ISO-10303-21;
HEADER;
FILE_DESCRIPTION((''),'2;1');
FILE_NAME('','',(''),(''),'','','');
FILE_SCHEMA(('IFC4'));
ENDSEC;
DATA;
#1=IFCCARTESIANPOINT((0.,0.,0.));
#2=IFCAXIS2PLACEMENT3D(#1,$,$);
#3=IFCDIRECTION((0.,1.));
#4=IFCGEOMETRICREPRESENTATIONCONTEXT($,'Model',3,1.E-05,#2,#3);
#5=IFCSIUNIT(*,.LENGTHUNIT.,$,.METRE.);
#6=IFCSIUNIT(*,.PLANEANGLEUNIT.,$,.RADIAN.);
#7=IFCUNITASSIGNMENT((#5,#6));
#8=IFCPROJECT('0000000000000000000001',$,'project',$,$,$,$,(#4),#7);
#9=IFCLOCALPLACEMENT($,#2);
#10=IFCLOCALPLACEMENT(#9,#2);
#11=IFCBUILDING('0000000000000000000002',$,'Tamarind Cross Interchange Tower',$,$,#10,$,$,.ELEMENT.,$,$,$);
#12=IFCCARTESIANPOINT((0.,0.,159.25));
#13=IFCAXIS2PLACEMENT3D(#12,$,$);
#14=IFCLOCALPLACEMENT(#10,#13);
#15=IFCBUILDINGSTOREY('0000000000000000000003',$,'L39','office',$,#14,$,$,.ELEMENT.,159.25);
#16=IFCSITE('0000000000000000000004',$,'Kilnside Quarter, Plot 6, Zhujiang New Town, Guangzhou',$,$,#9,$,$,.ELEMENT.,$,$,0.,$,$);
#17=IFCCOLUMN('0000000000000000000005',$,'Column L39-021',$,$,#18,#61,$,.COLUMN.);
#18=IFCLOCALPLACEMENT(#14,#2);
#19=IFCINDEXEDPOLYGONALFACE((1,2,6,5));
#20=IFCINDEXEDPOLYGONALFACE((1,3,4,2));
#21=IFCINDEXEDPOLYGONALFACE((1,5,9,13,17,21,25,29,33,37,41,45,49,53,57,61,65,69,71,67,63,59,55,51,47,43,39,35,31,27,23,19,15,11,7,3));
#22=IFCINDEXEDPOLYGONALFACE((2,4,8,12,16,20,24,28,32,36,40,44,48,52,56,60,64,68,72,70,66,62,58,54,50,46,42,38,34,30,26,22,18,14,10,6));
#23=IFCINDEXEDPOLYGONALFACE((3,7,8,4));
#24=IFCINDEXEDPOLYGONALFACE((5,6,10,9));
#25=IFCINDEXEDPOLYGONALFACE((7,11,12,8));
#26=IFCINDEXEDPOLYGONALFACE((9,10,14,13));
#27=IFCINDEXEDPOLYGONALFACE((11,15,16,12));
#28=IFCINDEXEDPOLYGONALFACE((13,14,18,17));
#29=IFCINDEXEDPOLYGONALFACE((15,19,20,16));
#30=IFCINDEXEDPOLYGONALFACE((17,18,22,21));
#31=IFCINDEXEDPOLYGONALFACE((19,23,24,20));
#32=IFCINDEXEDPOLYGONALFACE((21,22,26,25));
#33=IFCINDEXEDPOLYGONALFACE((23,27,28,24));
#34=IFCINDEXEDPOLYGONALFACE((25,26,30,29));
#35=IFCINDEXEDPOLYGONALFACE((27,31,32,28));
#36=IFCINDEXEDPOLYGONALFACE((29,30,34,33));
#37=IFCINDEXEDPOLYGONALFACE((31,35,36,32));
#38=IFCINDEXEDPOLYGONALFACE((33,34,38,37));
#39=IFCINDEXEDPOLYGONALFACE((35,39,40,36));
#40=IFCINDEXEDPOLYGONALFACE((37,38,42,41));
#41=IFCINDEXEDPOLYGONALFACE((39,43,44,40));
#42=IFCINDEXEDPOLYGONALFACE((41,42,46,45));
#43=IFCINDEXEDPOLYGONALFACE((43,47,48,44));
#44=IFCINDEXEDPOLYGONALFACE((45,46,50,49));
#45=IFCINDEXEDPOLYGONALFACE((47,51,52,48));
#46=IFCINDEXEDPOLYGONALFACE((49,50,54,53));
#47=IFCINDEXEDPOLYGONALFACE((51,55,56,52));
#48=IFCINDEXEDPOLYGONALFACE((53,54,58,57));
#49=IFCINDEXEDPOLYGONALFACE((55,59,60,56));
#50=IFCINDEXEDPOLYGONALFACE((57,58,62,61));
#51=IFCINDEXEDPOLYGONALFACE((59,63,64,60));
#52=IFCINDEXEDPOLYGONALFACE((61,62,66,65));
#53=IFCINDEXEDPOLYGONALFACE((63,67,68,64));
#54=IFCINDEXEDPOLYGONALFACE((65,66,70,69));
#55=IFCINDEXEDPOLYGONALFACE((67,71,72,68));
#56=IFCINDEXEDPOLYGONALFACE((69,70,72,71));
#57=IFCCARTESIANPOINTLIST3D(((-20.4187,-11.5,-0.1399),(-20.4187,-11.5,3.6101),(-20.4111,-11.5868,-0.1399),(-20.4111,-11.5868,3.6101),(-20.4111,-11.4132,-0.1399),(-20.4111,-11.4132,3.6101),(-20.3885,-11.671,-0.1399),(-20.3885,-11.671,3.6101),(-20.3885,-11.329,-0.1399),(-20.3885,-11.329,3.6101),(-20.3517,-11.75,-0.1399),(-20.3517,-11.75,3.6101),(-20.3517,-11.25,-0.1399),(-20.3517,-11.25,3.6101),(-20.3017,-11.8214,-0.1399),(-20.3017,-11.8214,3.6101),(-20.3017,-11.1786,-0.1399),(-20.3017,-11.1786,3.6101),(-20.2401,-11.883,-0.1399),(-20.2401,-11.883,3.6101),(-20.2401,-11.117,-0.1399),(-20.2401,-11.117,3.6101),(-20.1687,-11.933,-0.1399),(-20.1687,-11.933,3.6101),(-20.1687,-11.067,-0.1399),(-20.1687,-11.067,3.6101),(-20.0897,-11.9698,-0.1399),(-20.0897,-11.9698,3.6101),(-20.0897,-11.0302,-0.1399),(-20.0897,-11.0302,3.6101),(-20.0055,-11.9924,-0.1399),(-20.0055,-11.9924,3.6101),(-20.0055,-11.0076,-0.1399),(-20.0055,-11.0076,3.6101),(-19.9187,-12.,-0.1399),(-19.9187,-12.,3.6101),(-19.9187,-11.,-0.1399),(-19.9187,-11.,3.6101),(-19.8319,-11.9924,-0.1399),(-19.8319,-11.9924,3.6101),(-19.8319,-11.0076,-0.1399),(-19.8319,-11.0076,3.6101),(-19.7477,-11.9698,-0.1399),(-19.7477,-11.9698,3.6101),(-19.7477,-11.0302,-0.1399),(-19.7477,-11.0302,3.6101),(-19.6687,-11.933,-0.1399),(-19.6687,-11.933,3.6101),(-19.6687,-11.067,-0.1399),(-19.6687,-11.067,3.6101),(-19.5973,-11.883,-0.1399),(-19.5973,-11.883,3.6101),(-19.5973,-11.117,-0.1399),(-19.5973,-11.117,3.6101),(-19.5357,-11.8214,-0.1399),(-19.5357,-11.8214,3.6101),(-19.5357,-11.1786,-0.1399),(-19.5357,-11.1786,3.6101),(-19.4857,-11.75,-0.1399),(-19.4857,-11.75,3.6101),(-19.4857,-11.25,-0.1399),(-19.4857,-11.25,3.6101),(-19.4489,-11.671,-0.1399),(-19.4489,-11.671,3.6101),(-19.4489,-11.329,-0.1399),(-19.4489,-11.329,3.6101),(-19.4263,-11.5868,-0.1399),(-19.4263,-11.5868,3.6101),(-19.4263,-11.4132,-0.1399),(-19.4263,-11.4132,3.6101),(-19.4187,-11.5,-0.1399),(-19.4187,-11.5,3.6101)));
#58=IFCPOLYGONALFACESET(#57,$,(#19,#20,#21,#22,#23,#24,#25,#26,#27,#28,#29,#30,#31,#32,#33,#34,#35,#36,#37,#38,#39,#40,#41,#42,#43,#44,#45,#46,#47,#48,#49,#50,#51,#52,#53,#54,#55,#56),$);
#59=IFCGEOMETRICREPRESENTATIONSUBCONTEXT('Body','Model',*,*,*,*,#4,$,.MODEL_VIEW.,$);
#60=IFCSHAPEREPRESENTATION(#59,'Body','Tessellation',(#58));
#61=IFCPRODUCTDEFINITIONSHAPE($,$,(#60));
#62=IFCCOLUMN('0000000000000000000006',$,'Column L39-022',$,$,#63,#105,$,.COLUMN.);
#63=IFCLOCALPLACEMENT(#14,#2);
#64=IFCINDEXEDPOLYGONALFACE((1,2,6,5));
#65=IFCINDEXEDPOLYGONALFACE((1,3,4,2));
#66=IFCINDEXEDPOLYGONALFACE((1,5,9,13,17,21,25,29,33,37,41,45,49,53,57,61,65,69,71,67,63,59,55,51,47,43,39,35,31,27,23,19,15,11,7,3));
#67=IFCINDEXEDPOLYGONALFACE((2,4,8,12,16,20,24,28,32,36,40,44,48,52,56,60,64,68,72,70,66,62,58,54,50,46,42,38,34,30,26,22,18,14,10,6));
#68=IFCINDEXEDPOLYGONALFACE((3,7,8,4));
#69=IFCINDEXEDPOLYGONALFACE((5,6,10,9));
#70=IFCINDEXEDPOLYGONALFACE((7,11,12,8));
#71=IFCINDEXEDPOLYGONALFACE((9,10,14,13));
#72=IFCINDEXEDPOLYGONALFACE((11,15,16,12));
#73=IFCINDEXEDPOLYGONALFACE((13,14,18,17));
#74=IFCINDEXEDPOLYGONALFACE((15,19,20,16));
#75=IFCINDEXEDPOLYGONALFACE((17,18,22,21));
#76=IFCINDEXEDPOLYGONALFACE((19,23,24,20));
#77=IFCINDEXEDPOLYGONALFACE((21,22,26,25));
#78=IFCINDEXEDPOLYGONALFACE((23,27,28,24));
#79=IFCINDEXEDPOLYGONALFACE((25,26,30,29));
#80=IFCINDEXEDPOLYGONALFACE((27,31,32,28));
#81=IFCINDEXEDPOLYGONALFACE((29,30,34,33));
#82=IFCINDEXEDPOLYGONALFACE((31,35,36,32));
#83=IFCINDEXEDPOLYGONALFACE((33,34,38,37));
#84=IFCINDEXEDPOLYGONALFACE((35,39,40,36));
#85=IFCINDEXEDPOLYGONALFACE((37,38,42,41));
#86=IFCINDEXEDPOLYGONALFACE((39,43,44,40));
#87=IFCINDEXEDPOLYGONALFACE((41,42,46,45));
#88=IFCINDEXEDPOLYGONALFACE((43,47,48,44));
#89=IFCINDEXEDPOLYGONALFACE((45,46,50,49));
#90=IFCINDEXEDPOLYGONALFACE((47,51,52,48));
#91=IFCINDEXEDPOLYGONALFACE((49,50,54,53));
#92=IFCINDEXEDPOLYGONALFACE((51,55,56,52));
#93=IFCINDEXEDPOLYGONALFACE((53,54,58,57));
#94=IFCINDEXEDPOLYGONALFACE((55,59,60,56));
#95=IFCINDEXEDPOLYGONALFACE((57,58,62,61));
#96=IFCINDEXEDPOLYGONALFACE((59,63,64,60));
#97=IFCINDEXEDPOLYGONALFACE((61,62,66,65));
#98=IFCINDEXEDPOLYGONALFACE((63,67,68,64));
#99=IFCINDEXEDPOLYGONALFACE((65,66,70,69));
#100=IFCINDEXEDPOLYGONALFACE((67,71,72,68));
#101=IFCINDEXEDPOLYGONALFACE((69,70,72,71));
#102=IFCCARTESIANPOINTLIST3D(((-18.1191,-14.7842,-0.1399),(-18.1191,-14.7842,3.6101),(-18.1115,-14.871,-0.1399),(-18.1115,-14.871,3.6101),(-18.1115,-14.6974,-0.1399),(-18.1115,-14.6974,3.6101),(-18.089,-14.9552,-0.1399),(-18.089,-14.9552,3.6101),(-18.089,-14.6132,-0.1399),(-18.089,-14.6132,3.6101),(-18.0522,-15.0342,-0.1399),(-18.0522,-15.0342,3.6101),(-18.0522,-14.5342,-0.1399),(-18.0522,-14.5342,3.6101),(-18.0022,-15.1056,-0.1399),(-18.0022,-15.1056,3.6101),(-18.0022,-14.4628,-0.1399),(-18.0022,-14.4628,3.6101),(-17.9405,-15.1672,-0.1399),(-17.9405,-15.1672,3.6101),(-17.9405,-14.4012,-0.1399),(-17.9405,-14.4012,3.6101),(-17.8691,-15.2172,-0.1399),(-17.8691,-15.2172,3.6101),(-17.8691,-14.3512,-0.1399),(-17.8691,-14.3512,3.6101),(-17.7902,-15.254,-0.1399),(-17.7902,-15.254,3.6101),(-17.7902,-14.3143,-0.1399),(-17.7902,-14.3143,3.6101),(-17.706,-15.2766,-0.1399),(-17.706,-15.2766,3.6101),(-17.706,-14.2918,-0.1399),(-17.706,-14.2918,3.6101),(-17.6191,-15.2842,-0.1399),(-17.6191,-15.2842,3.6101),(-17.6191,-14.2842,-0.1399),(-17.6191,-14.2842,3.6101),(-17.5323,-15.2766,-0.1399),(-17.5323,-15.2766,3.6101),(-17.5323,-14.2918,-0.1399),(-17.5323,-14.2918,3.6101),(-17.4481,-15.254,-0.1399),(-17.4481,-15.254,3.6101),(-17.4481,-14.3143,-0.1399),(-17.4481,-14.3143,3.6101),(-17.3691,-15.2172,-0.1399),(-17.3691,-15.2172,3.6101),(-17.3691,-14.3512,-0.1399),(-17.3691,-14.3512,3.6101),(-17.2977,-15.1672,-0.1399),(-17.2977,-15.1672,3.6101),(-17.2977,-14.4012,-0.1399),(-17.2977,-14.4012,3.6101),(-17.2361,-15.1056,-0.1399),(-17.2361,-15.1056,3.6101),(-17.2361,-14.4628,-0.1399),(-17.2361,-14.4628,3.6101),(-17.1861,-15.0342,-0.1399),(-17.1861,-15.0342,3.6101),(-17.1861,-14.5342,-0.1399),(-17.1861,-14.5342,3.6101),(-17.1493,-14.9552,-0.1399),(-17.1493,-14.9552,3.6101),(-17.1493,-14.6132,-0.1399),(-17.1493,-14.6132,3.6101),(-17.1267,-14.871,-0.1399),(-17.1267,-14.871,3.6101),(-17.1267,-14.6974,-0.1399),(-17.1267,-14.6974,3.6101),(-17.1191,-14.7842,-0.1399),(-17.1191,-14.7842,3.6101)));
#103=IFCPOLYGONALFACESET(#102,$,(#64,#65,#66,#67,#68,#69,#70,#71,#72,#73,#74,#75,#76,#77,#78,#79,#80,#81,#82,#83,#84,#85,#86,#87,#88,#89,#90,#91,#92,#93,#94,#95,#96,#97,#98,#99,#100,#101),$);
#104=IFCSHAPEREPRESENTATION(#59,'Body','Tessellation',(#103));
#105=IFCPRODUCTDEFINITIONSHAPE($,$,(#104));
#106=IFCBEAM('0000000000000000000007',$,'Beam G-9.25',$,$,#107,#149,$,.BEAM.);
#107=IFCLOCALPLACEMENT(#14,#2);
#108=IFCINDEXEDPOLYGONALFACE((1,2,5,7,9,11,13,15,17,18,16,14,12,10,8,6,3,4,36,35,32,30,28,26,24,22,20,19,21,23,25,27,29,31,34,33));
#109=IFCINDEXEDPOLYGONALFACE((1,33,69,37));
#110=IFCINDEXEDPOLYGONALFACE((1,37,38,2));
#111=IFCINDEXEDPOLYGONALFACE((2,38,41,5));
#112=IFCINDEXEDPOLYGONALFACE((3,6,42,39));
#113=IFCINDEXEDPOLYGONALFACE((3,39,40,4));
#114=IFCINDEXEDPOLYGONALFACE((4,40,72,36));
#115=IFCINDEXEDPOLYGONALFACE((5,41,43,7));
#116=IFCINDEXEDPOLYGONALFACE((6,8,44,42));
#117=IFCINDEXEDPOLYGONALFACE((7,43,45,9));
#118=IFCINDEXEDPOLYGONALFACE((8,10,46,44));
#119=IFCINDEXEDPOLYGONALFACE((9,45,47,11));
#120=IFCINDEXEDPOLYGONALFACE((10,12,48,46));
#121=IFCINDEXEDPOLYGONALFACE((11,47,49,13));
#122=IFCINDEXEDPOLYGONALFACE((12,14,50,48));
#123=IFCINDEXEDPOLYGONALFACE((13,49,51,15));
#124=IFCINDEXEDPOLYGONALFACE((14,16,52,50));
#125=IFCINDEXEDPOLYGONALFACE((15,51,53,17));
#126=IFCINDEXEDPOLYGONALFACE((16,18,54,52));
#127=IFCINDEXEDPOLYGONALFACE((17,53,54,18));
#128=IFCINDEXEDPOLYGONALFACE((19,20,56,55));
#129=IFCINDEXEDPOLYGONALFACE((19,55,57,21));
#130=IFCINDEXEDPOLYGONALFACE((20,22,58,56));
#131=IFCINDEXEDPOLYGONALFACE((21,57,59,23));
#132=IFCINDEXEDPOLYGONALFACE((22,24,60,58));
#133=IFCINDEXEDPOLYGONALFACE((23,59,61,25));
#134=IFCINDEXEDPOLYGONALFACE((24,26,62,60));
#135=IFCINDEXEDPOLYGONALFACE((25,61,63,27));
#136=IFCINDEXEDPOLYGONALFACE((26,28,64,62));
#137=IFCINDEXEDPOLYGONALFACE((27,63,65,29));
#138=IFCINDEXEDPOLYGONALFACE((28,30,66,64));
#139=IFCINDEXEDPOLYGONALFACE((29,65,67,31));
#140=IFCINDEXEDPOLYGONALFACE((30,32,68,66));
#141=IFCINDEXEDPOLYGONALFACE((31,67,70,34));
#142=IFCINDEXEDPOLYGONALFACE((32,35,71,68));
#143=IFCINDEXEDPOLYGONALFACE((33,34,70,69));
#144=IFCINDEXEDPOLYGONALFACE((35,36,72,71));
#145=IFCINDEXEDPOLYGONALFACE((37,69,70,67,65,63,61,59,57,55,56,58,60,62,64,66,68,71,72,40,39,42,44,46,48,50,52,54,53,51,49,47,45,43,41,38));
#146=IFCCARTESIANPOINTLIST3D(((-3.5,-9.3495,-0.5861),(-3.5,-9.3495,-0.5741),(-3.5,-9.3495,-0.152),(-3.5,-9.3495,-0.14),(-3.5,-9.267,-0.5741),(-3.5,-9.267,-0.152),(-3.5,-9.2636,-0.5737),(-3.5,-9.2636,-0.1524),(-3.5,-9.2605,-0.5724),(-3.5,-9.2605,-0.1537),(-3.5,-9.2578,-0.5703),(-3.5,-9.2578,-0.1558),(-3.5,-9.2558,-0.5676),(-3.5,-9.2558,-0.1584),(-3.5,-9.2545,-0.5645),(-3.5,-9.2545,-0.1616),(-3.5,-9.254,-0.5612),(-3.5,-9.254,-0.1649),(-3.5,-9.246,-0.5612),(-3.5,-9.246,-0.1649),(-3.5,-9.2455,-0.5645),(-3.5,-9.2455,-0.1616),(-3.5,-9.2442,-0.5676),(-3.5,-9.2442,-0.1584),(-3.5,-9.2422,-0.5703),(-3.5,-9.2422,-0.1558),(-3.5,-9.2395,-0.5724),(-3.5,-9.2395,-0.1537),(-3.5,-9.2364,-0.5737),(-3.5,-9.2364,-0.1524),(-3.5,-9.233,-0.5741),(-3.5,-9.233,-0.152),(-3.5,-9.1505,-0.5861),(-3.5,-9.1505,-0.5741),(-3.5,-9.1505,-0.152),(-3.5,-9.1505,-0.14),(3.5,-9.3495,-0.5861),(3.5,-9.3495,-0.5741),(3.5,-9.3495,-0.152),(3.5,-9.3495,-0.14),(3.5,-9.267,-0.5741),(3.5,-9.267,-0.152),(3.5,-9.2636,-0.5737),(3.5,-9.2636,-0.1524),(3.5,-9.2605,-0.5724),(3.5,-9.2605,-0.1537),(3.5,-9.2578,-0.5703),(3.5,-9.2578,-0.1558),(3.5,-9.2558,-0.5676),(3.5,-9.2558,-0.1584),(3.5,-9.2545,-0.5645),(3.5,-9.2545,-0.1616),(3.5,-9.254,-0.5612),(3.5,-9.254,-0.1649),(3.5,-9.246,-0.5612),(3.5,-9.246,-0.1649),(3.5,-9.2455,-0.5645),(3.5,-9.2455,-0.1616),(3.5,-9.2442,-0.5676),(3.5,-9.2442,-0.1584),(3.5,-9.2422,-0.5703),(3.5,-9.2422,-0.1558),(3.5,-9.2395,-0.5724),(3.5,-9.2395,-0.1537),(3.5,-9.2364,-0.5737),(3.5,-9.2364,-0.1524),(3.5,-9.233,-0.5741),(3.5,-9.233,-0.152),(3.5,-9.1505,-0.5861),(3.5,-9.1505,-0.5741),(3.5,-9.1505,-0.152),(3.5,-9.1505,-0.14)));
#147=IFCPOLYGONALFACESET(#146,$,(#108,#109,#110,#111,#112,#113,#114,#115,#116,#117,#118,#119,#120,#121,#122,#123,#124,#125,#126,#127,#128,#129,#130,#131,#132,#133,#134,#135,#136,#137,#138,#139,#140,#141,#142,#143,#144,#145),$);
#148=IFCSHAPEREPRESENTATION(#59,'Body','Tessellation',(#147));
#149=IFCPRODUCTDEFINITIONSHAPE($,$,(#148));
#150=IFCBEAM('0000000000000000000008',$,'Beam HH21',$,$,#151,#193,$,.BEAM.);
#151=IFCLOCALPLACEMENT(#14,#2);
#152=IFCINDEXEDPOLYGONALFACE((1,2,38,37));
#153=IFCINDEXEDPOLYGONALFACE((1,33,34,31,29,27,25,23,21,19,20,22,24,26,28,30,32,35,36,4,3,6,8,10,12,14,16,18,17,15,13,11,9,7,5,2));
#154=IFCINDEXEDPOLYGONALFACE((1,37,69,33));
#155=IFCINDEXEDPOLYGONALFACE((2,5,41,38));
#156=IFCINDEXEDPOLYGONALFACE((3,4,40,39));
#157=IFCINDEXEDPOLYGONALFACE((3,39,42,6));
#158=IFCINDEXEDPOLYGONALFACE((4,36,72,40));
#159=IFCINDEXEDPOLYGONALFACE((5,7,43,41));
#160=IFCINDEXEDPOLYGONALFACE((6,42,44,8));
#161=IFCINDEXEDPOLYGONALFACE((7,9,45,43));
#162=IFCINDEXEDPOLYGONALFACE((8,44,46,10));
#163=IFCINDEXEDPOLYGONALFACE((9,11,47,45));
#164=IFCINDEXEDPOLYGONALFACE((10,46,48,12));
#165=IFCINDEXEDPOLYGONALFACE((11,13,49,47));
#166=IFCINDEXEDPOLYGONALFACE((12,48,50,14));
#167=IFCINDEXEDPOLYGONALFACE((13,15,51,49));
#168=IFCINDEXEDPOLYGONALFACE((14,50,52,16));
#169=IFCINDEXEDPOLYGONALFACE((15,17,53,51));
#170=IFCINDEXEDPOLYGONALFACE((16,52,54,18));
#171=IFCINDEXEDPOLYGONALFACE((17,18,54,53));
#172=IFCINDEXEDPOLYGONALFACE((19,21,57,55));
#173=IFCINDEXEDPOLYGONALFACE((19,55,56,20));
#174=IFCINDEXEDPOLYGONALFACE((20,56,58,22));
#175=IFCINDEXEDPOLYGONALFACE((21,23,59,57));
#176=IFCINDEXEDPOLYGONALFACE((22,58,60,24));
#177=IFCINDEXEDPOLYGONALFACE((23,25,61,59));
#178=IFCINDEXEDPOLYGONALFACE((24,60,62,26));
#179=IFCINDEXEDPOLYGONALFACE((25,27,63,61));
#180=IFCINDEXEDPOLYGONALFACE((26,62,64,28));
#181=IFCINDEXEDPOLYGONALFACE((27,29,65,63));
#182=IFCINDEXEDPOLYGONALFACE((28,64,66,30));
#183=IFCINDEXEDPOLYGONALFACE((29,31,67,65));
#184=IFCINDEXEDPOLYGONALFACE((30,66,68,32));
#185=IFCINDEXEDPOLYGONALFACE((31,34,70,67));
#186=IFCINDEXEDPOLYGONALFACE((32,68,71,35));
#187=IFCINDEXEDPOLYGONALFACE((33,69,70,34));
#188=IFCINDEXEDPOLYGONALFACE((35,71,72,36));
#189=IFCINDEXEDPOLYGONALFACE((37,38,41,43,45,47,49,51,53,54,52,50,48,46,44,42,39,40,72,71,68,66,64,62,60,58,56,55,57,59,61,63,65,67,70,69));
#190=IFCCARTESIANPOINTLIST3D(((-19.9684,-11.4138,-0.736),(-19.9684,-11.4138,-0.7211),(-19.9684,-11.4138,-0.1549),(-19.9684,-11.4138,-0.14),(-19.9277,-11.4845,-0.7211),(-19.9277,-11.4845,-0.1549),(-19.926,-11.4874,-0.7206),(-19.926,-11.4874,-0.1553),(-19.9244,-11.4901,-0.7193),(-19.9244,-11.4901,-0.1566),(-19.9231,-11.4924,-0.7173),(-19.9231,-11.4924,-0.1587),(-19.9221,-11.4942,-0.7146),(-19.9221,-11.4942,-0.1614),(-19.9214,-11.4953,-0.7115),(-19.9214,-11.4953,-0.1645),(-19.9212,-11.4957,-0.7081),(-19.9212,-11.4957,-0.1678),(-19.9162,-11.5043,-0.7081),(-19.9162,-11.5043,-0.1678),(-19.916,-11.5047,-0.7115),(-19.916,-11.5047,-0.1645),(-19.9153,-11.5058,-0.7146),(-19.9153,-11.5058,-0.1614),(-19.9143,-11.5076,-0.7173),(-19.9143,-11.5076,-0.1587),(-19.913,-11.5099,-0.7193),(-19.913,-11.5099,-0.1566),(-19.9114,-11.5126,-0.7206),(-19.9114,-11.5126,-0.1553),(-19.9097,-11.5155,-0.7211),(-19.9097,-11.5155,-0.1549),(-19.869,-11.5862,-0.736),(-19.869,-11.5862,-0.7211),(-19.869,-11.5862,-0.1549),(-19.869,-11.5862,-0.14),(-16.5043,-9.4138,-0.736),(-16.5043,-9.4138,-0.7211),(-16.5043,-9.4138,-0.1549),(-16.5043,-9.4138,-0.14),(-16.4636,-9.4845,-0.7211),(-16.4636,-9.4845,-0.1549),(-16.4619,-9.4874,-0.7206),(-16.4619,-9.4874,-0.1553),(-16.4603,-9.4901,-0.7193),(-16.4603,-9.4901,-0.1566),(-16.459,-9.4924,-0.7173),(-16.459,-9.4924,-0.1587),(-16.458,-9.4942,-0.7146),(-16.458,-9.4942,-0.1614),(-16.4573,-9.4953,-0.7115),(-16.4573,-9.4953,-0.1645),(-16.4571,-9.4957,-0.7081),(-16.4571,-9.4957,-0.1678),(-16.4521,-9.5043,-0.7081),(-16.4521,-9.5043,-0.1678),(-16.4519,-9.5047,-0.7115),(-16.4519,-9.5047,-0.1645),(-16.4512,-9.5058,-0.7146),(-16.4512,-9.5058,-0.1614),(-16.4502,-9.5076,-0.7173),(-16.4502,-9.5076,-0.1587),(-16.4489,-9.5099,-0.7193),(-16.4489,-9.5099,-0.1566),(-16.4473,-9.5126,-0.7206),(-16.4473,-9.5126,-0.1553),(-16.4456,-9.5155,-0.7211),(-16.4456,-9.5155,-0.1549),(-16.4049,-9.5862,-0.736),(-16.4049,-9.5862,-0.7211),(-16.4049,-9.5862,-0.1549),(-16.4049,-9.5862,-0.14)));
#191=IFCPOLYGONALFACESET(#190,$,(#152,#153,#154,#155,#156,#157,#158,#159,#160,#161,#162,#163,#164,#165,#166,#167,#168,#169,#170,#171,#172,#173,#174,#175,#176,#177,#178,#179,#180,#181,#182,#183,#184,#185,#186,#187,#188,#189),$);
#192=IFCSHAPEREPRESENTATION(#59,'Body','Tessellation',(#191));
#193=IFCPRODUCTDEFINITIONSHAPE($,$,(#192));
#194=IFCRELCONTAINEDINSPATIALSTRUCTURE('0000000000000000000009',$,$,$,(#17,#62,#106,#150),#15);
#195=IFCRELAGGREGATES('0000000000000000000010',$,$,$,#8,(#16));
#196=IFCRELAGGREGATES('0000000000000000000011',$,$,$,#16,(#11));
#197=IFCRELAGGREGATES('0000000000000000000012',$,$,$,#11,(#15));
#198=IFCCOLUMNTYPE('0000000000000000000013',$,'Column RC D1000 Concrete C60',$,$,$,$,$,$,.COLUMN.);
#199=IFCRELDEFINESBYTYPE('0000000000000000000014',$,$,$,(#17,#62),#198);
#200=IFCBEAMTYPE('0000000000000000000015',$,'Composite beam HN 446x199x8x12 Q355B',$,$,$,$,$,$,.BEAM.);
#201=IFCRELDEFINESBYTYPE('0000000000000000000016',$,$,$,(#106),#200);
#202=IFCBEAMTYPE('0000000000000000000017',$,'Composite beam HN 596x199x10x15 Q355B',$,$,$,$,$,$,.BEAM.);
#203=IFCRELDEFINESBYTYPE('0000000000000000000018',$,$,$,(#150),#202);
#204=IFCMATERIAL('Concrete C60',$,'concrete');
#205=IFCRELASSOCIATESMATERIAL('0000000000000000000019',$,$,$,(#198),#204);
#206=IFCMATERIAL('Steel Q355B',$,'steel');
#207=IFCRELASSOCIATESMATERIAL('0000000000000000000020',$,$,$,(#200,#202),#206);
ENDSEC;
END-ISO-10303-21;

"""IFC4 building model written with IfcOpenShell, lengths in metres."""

from ifc_helpers import new_model, si_unit, direction, frame, origin, origin_2d, place, context, subcontext, project, spatial, circle, i_section, extrude, material, material_profile, profile_set, type_object, element, save


model = new_model("IFC4")

# Units and contexts
model_context = context("Model", 3, precision=1e-05, world=origin(), true_north=direction((0.0, 1.0)))
body_context = subcontext(model_context, "Body", "Model", "MODEL_VIEW")
ifc_project = project(units=[si_unit("LENGTHUNIT", "METRE"), si_unit("PLANEANGLEUNIT", "RADIAN")], contexts=[model_context])

# Site, building, storey
site_placement = place(None, origin())
site = spatial("IfcSite", under=ifc_project, at=site_placement, Name="Kilnside Quarter, Plot 6, Zhujiang New Town, Guangzhou", CompositionType="ELEMENT", RefElevation=0.0)
building_placement = place(site_placement, origin())
building = spatial("IfcBuilding", under=site, at=building_placement, Name="Tamarind Cross Interchange Tower", CompositionType="ELEMENT")
storey_placement = place(building_placement, frame((0.0, 0.0, 159.25)))
storey = spatial("IfcBuildingStorey", under=building, at=storey_placement, Name="L39", Description="office", CompositionType="ELEMENT", Elevation=159.25)

# Columns
ifc_material_1 = material(Name="Concrete C60", Category="concrete")
ifc_material_profile_1 = material_profile(ifc_material_1, circle(Radius=0.5, at=origin_2d()), Name="RC D1000")
ifc_profile_set_1 = profile_set([ifc_material_profile_1], Name="Concrete C60")
column_type = type_object("IfcColumnType", Name="Column RC D1000 Concrete C60", PredefinedType="COLUMN", material=ifc_profile_set_1)
for number, where, z_axis, x_axis, name in (
    (1, (-19.9187, -11.5, -0.1399), (0.0, 0.0, 1.0), (1.0, 0.0, 0.0), "Column L39-021"),
    (2, (-17.6191, -14.7842, -0.1399), (0.0, 0.0, 1.0), (1.0, 0.0, 0.0), "Column L39-022"),
):
    element("IfcColumn", number, at=place(storey_placement, frame(where, z_axis=z_axis, x_axis=x_axis)), inside=storey, type_object=column_type, Name=name, PredefinedType="COLUMN", context=body_context, shape_type="SweptSolid", body=[
        extrude(circle(Radius=0.5, at=origin_2d()), origin(), (0.0, 0.0, 1.0), 3.75),
    ])

# Beams
ifc_material_2 = material(Name="Steel Q355B", Category="steel")
ifc_material_profile_2 = material_profile(ifc_material_2, i_section(OverallWidth=0.199, OverallDepth=0.446, WebThickness=0.0081, FlangeThickness=0.012, FilletRadius=0.0129, at=origin_2d()), Name="HN 446x199x8x12")
ifc_profile_set_2 = profile_set([ifc_material_profile_2], Name="Steel Q355B")
beam_type_1 = type_object("IfcBeamType", Name="Composite beam HN 446x199x8x12 Q355B", PredefinedType="BEAM", material=ifc_profile_set_2)
beam_1_placement = place(storey_placement, frame((-3.5, -9.25, -0.363), z_axis=(1.0, 0.0, 0.0), x_axis=(0.0, 1.0, 0.0)))
element("IfcBeam", 3, at=beam_1_placement, inside=storey, type_object=beam_type_1, Name="Beam G-9.25", PredefinedType="BEAM", context=body_context, shape_type="SweptSolid", body=[
    extrude(i_section(OverallWidth=0.199, OverallDepth=0.446, WebThickness=0.0081, FlangeThickness=0.012, FilletRadius=0.0129, at=origin_2d()), origin(), (0.0, 0.0, 1.0), 7.0),
])
ifc_material_profile_3 = material_profile(ifc_material_2, i_section(OverallWidth=0.199, OverallDepth=0.5959, WebThickness=0.01, FlangeThickness=0.0149, FilletRadius=0.0129, at=origin_2d()), Name="HN 596x199x10x15")
ifc_profile_set_3 = profile_set([ifc_material_profile_3], Name="Steel Q355B")
beam_type_2 = type_object("IfcBeamType", Name="Composite beam HN 596x199x10x15 Q355B", PredefinedType="BEAM", material=ifc_profile_set_3)
beam_2_placement = place(storey_placement, frame((-19.9187, -11.5, -0.438), z_axis=(0.866026, 0.499999, 0.0), x_axis=(-0.499999, 0.866026, 0.0)))
element("IfcBeam", 4, at=beam_2_placement, inside=storey, type_object=beam_type_2, Name="Beam HH21", PredefinedType="BEAM", context=body_context, shape_type="SweptSolid", body=[
    extrude(i_section(OverallWidth=0.199, OverallDepth=0.5959, WebThickness=0.01, FlangeThickness=0.0149, FilletRadius=0.0129, at=origin_2d()), origin(), (0.0, 0.0, 1.0), 4.0),
])

save(model, "model.ifc")
